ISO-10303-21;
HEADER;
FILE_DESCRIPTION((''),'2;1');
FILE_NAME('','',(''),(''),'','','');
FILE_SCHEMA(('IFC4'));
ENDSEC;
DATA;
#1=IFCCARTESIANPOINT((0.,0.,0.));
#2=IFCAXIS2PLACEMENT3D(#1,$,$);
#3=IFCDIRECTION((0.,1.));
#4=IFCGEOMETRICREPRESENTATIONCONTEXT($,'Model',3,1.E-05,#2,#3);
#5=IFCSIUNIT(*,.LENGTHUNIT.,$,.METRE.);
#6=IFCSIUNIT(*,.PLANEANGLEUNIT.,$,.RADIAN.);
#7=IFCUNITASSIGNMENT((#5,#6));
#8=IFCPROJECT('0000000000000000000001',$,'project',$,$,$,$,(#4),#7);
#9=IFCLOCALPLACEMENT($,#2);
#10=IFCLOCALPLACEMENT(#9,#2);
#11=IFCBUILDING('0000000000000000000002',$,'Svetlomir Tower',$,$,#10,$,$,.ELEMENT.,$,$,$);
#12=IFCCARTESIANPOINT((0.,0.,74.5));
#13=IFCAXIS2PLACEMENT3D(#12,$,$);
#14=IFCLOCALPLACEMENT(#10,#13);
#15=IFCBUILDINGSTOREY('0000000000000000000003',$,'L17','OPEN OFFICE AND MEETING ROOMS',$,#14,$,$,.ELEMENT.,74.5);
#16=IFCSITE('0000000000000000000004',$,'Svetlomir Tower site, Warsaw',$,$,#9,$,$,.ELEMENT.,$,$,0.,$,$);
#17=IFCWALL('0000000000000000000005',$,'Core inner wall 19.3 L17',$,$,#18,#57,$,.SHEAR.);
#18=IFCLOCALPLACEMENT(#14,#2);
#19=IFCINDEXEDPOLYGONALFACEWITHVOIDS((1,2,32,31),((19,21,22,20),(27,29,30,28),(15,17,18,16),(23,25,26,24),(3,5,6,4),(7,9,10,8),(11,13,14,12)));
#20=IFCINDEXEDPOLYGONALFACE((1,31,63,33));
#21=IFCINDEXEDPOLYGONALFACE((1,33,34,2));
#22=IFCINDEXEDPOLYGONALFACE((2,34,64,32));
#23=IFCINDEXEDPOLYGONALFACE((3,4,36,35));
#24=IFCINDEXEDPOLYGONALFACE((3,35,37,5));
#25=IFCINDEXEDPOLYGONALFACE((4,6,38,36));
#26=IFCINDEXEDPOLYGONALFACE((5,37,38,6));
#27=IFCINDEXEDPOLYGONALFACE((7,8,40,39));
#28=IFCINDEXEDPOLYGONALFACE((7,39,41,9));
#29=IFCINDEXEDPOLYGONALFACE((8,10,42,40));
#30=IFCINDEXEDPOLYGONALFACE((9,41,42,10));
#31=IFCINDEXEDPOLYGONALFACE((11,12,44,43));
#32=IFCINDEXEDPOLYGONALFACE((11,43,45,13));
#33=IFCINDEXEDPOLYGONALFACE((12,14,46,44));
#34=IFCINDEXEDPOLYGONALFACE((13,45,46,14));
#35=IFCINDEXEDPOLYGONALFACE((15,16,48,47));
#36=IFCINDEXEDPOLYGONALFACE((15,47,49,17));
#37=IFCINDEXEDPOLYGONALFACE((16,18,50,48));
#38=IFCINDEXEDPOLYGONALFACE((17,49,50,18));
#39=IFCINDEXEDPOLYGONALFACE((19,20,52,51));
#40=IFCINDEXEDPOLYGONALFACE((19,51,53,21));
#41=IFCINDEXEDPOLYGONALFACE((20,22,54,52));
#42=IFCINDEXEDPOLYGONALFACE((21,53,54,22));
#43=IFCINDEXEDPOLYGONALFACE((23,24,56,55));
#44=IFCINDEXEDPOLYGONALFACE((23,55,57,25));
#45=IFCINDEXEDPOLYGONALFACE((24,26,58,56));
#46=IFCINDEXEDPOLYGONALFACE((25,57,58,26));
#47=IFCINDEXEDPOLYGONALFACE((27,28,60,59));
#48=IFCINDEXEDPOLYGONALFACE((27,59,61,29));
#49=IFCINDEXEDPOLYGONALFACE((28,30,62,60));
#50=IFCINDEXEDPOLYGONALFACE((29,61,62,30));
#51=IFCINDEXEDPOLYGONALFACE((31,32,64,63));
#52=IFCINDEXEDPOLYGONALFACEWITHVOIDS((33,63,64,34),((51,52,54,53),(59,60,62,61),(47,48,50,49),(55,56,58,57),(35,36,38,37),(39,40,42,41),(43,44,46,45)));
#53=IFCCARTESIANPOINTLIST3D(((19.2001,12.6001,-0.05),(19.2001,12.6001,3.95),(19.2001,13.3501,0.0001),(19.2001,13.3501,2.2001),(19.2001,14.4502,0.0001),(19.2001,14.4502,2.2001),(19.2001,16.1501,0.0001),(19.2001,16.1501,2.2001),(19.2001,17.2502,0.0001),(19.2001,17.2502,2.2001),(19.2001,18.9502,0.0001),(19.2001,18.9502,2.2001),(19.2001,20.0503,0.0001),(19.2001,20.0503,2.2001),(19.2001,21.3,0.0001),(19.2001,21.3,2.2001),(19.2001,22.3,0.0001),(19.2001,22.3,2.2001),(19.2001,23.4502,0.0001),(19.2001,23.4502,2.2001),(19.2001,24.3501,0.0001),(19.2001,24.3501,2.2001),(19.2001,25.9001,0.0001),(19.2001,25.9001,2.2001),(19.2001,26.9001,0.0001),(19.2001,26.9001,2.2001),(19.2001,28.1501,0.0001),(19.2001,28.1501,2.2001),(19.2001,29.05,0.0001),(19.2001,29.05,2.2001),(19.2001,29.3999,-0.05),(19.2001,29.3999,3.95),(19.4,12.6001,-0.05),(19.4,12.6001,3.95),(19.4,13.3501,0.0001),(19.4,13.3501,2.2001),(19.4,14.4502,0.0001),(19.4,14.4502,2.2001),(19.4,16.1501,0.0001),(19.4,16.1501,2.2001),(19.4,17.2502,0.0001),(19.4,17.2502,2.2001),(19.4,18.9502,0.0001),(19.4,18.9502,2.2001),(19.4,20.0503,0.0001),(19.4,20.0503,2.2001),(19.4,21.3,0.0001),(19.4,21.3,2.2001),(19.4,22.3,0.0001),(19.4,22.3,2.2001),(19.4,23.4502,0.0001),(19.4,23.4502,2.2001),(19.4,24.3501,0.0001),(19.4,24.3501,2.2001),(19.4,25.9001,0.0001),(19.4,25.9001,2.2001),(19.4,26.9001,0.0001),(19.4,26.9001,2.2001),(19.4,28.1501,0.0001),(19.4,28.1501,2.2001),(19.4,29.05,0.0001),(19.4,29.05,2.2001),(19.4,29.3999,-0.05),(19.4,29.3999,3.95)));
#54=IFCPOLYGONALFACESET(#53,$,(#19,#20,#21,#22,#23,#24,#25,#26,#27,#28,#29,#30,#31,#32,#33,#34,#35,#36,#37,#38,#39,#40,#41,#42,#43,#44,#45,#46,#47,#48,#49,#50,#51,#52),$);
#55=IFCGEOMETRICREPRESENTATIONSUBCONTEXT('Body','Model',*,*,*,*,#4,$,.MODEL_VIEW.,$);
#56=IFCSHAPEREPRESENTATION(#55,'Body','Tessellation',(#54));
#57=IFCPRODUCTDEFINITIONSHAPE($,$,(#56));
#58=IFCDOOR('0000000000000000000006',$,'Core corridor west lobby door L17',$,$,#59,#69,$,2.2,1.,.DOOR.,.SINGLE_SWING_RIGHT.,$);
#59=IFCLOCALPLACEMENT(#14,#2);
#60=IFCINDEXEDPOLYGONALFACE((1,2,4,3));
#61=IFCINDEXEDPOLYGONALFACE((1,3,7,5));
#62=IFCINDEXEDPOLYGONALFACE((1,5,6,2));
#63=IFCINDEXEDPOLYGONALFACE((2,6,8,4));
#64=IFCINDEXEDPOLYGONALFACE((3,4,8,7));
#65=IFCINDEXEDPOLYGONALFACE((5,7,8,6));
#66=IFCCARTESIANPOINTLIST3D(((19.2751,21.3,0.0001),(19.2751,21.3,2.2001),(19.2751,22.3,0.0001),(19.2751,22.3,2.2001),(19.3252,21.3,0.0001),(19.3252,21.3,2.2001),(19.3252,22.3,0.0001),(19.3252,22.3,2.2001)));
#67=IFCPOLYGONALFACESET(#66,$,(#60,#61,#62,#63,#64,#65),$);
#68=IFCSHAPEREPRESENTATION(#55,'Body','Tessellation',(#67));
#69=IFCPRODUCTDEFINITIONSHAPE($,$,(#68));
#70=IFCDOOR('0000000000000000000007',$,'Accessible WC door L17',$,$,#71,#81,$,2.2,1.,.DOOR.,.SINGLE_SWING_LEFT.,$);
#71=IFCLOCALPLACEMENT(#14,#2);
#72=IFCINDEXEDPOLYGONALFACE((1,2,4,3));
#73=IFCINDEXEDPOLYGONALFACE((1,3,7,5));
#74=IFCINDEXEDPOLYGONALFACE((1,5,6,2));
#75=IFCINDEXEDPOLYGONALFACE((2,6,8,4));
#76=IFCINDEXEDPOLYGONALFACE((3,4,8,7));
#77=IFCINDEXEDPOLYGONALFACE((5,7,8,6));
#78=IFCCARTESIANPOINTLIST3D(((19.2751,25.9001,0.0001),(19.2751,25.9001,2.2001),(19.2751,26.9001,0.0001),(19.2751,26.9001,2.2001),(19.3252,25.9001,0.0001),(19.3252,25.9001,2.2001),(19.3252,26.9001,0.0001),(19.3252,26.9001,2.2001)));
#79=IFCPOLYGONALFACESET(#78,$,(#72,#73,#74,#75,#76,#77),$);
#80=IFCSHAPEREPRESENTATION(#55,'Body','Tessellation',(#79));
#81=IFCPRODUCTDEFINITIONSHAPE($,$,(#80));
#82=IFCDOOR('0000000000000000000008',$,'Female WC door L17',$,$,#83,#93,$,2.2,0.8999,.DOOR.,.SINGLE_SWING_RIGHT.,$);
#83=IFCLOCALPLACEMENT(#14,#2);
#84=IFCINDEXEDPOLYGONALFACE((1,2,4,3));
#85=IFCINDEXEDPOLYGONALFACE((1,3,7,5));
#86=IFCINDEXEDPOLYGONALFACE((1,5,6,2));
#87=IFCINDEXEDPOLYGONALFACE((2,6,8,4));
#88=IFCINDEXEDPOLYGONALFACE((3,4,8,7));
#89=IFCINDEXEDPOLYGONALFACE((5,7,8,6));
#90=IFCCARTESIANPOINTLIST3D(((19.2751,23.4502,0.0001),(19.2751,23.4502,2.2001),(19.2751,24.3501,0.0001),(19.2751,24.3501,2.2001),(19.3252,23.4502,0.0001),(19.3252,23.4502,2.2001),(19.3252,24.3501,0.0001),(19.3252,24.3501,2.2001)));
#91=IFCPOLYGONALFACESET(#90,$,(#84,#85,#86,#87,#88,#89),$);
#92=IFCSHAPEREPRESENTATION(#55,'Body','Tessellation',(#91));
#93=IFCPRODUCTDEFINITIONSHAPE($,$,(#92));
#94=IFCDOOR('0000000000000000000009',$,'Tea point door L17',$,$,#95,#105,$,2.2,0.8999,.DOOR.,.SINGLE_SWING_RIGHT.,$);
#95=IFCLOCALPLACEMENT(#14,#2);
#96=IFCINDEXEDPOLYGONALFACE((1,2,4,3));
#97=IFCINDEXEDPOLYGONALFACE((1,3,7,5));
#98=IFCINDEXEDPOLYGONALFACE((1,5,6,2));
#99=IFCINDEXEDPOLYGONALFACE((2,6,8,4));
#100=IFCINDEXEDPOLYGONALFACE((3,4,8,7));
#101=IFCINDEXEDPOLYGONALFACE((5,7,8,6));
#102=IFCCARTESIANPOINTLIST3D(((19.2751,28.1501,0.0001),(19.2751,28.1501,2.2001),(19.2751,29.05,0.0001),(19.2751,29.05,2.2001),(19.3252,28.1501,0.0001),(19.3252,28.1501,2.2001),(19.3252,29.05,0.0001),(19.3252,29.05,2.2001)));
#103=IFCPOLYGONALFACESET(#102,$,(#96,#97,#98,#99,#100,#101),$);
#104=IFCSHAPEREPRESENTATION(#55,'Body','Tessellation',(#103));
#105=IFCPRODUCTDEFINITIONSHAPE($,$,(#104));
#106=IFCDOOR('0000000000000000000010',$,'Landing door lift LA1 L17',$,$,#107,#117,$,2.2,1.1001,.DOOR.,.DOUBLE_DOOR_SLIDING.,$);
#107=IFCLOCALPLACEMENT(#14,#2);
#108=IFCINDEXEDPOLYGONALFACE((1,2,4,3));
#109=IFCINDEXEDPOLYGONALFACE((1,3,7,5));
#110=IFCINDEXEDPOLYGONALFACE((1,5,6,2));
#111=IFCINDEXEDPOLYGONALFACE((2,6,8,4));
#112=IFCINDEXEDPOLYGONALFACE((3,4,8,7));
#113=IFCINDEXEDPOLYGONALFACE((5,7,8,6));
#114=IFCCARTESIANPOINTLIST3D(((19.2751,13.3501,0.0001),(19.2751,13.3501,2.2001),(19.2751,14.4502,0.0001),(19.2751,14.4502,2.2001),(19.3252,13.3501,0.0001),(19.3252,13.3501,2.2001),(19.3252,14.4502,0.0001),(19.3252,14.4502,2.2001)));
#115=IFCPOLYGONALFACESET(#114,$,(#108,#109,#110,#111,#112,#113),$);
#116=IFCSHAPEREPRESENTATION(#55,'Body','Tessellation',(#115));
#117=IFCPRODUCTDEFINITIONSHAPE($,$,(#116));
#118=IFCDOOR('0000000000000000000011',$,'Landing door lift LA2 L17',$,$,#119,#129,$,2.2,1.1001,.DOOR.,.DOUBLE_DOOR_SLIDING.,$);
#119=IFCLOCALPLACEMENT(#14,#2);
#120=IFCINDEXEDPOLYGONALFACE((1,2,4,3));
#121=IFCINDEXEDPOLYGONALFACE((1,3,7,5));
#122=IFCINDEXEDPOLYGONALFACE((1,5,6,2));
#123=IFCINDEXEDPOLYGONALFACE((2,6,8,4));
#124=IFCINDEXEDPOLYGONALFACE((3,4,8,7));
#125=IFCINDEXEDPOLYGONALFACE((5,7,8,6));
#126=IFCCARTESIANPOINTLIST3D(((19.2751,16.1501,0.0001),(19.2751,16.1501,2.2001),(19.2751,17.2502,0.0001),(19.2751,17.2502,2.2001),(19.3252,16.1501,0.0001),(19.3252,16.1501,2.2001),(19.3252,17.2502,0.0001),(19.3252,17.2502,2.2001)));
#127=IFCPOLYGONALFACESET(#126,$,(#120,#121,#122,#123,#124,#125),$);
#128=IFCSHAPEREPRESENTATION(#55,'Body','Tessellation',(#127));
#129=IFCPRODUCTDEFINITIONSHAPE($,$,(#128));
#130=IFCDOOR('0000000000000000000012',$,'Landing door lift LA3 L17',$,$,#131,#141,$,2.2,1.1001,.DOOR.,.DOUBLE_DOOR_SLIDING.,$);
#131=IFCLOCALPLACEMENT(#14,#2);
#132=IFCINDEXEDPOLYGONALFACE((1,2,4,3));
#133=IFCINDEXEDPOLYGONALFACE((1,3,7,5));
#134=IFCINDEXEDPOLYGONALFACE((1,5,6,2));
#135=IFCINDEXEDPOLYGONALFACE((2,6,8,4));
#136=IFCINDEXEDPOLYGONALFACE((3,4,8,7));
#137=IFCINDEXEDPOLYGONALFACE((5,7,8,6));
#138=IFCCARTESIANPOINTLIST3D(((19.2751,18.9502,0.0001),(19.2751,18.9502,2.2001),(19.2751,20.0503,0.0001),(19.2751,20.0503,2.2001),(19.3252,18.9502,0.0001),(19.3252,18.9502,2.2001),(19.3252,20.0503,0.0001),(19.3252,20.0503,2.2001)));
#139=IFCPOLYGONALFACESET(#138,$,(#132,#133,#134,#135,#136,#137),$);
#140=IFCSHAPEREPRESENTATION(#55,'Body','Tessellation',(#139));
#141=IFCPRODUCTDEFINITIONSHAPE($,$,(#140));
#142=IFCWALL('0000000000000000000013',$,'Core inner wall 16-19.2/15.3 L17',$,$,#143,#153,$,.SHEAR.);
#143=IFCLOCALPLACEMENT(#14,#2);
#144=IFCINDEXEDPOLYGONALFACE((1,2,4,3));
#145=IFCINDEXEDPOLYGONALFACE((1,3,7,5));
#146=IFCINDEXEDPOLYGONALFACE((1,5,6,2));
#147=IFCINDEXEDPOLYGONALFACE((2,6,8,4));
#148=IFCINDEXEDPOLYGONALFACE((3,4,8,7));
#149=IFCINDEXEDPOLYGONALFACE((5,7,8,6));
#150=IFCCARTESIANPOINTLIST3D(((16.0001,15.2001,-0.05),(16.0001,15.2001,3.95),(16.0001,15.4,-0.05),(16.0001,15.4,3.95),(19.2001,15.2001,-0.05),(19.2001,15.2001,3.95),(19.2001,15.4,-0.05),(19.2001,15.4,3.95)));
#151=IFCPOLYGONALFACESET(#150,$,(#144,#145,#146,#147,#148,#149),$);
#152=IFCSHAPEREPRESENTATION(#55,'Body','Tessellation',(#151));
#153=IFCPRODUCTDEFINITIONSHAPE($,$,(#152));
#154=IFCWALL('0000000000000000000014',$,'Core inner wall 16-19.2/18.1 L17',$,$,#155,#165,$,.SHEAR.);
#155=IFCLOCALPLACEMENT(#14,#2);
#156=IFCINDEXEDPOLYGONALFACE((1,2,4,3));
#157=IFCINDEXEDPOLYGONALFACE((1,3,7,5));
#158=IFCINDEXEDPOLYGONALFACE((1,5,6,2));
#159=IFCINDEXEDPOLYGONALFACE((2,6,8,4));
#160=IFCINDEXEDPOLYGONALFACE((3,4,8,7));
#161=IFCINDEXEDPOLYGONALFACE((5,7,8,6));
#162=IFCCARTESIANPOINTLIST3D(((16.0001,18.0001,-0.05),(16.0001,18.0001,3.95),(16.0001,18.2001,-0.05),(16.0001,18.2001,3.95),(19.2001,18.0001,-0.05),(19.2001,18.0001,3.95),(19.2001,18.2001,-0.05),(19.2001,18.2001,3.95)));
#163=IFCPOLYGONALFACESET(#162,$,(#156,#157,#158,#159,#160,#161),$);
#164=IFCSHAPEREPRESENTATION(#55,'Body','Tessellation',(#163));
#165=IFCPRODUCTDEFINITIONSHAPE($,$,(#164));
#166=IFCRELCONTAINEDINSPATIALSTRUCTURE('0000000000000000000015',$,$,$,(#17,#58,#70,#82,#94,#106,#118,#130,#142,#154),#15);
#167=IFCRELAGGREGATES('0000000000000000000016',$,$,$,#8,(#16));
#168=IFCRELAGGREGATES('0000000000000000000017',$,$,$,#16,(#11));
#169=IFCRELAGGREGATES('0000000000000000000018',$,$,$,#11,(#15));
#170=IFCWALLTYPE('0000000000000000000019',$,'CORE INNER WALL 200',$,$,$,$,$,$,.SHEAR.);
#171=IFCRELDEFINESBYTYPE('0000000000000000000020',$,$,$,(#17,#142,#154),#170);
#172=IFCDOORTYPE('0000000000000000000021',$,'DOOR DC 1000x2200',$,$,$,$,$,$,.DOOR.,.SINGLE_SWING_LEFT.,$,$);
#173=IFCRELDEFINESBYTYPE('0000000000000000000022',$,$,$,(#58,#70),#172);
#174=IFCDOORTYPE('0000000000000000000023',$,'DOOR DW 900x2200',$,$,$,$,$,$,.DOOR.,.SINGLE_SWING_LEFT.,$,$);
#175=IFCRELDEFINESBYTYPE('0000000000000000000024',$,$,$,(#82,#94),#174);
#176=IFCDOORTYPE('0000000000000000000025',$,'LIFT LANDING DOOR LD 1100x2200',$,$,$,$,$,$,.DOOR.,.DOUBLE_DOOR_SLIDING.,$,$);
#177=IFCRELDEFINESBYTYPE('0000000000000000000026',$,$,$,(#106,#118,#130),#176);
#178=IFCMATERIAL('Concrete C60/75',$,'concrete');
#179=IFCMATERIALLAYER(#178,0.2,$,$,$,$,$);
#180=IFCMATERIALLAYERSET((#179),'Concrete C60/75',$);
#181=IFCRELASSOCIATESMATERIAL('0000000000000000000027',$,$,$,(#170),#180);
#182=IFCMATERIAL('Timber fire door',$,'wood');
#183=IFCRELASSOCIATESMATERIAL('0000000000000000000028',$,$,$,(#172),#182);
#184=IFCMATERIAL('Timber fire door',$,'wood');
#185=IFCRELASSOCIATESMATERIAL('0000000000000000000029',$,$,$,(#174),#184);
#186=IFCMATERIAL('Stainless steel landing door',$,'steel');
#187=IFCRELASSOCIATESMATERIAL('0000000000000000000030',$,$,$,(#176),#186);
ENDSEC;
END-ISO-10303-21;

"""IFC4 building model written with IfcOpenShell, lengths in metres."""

from ifc_helpers import new_model, si_unit, direction, frame, frame_2d, origin, place, context, subcontext, project, spatial, rectangle, extrude, material, layer, layer_set, type_object, element, fill, save


model = new_model("IFC4")

# Units and contexts
model_context = context("Model", 3, precision=1e-05, world=origin(), true_north=direction((0.0, 1.0)))
body_context = subcontext(model_context, "Body", "Model", "MODEL_VIEW")
ifc_project = project(units=[si_unit("LENGTHUNIT", "METRE"), si_unit("PLANEANGLEUNIT", "RADIAN")], contexts=[model_context])

# Site, building, storey
site_placement = place(None, origin())
site = spatial("IfcSite", under=ifc_project, at=site_placement, Name="Svetlomir Tower site, Warsaw", CompositionType="ELEMENT", RefElevation=0.0)
building_placement = place(site_placement, origin())
building = spatial("IfcBuilding", under=site, at=building_placement, Name="Svetlomir Tower", CompositionType="ELEMENT")
storey_placement = place(building_placement, frame((0.0, 0.0, 74.5)))
storey = spatial("IfcBuildingStorey", under=building, at=storey_placement, Name="L17", Description="OPEN OFFICE AND MEETING ROOMS", CompositionType="ELEMENT", Elevation=74.5)

# Shared definitions
ifc_material_1 = material(Name="Concrete C60/75", Category="concrete")
ifc_layer_1 = layer(ifc_material_1, 0.2)
ifc_layer_set_1 = layer_set([ifc_layer_1], Name="Concrete C60/75")
wall_type_1 = type_object("IfcWallType", Name="CORE INNER WALL 200", PredefinedType="SHEAR", material=ifc_layer_set_1)

# Wall, openings, doors
wall_1_placement = place(storey_placement, frame((19.3, 12.6001, -0.05), z_axis=(0.0, 0.0, 1.0), x_axis=(0.0, 1.0, 0.0)))
wall_1 = element("IfcWall", 1, at=wall_1_placement, inside=storey, type_object=wall_type_1, Name="Core inner wall 19.3 L17", PredefinedType="SHEAR", context=body_context, shape_type="SweptSolid", body=[
    extrude(rectangle(XDim=16.7998, YDim=0.2, at=frame_2d((8.3999, 0.0))), origin(), (0.0, 0.0, 1.0), 4.0),
])
opening_1_placement = place(wall_1_placement, frame((8.7, 0.0, 0.05)))
opening_1 = element("IfcOpeningElement", 2, at=opening_1_placement, cuts=wall_1, PredefinedType="OPENING", context=body_context, shape_type="SweptSolid", body=[
    extrude(rectangle(XDim=1.0, YDim=2.2, at=frame_2d((0.5, 1.1001))), frame((0.0, 0.1099, 0.0), z_axis=(0.0, -1.0, 0.0), x_axis=(1.0, 0.0, 0.0)), (0.0, 0.0, 1.0), 0.22),
])
opening_2_placement = place(wall_1_placement, frame((10.8501, 0.0, 0.05)))
opening_2 = element("IfcOpeningElement", 3, at=opening_2_placement, cuts=wall_1, PredefinedType="OPENING", context=body_context, shape_type="SweptSolid", body=[
    extrude(rectangle(XDim=0.8999, YDim=2.2, at=frame_2d((0.45, 1.1001))), frame((0.0, 0.1099, 0.0), z_axis=(0.0, -1.0, 0.0), x_axis=(1.0, 0.0, 0.0)), (0.0, 0.0, 1.0), 0.22),
])
opening_3_placement = place(wall_1_placement, frame((13.3, 0.0, 0.05)))
opening_3 = element("IfcOpeningElement", 4, at=opening_3_placement, cuts=wall_1, PredefinedType="OPENING", context=body_context, shape_type="SweptSolid", body=[
    extrude(rectangle(XDim=1.0, YDim=2.2, at=frame_2d((0.5, 1.1001))), frame((0.0, 0.1099, 0.0), z_axis=(0.0, -1.0, 0.0), x_axis=(1.0, 0.0, 0.0)), (0.0, 0.0, 1.0), 0.22),
])
opening_4_placement = place(wall_1_placement, frame((15.55, 0.0, 0.05)))
opening_4 = element("IfcOpeningElement", 5, at=opening_4_placement, cuts=wall_1, PredefinedType="OPENING", context=body_context, shape_type="SweptSolid", body=[
    extrude(rectangle(XDim=0.8999, YDim=2.2, at=frame_2d((0.45, 1.1001))), frame((0.0, 0.1099, 0.0), z_axis=(0.0, -1.0, 0.0), x_axis=(1.0, 0.0, 0.0)), (0.0, 0.0, 1.0), 0.22),
])
opening_5_placement = place(wall_1_placement, frame((0.75, 0.0, 0.05)))
opening_5 = element("IfcOpeningElement", 6, at=opening_5_placement, cuts=wall_1, PredefinedType="OPENING", context=body_context, shape_type="SweptSolid", body=[
    extrude(rectangle(XDim=1.1001, YDim=2.2, at=frame_2d((0.55, 1.1001))), frame((0.0, 0.1099, 0.0), z_axis=(0.0, -1.0, 0.0), x_axis=(1.0, 0.0, 0.0)), (0.0, 0.0, 1.0), 0.22),
])
opening_6_placement = place(wall_1_placement, frame((3.55, 0.0, 0.05)))
opening_6 = element("IfcOpeningElement", 7, at=opening_6_placement, cuts=wall_1, PredefinedType="OPENING", context=body_context, shape_type="SweptSolid", body=[
    extrude(rectangle(XDim=1.1001, YDim=2.2, at=frame_2d((0.55, 1.1001))), frame((0.0, 0.1099, 0.0), z_axis=(0.0, -1.0, 0.0), x_axis=(1.0, 0.0, 0.0)), (0.0, 0.0, 1.0), 0.22),
])
opening_7_placement = place(wall_1_placement, frame((6.3501, 0.0, 0.05)))
opening_7 = element("IfcOpeningElement", 8, at=opening_7_placement, cuts=wall_1, PredefinedType="OPENING", context=body_context, shape_type="SweptSolid", body=[
    extrude(rectangle(XDim=1.1001, YDim=2.2, at=frame_2d((0.55, 1.1001))), frame((0.0, 0.1099, 0.0), z_axis=(0.0, -1.0, 0.0), x_axis=(1.0, 0.0, 0.0)), (0.0, 0.0, 1.0), 0.22),
])
ifc_material_2 = material(Name="Timber fire door", Category="wood")
door_type_1 = type_object("IfcDoorType", Name="DOOR DC 1000x2200", OperationType="SINGLE_SWING_LEFT", PredefinedType="DOOR", material=ifc_material_2)
door_1_placement = place(opening_1_placement, origin())
door_1 = element("IfcDoor", 9, at=door_1_placement, inside=storey, type_object=door_type_1, Name="Core corridor west lobby door L17", OperationType="SINGLE_SWING_RIGHT", OverallHeight=2.2, OverallWidth=1.0, PredefinedType="DOOR", context=body_context, shape_type="SweptSolid", body=[
    extrude(rectangle(XDim=1.0, YDim=2.2, at=frame_2d((0.5, 1.1001))), frame((0.0, 0.0249, 0.0), z_axis=(0.0, -1.0, 0.0), x_axis=(1.0, 0.0, 0.0)), (0.0, 0.0, 1.0), 0.05),
])
fill(opening_1, door_1)
door_2_placement = place(opening_3_placement, origin())
door_2 = element("IfcDoor", 10, at=door_2_placement, inside=storey, type_object=door_type_1, Name="Accessible WC door L17", OperationType="SINGLE_SWING_LEFT", OverallHeight=2.2, OverallWidth=1.0, PredefinedType="DOOR", context=body_context, shape_type="SweptSolid", body=[
    extrude(rectangle(XDim=1.0, YDim=2.2, at=frame_2d((0.5, 1.1001))), frame((0.0, 0.0249, 0.0), z_axis=(0.0, -1.0, 0.0), x_axis=(1.0, 0.0, 0.0)), (0.0, 0.0, 1.0), 0.05),
])
fill(opening_3, door_2)
ifc_material_3 = material(Name="Timber fire door", Category="wood")
door_type_2 = type_object("IfcDoorType", Name="DOOR DW 900x2200", OperationType="SINGLE_SWING_LEFT", PredefinedType="DOOR", material=ifc_material_3)
door_3_placement = place(opening_2_placement, origin())
door_3 = element("IfcDoor", 11, at=door_3_placement, inside=storey, type_object=door_type_2, Name="Female WC door L17", OperationType="SINGLE_SWING_RIGHT", OverallHeight=2.2, OverallWidth=0.8999, PredefinedType="DOOR", context=body_context, shape_type="SweptSolid", body=[
    extrude(rectangle(XDim=0.8999, YDim=2.2, at=frame_2d((0.45, 1.1001))), frame((0.0, 0.0249, 0.0), z_axis=(0.0, -1.0, 0.0), x_axis=(1.0, 0.0, 0.0)), (0.0, 0.0, 1.0), 0.05),
])
fill(opening_2, door_3)
door_4_placement = place(opening_4_placement, origin())
door_4 = element("IfcDoor", 12, at=door_4_placement, inside=storey, type_object=door_type_2, Name="Tea point door L17", OperationType="SINGLE_SWING_RIGHT", OverallHeight=2.2, OverallWidth=0.8999, PredefinedType="DOOR", context=body_context, shape_type="SweptSolid", body=[
    extrude(rectangle(XDim=0.8999, YDim=2.2, at=frame_2d((0.45, 1.1001))), frame((0.0, 0.0249, 0.0), z_axis=(0.0, -1.0, 0.0), x_axis=(1.0, 0.0, 0.0)), (0.0, 0.0, 1.0), 0.05),
])
fill(opening_4, door_4)
ifc_material_4 = material(Name="Stainless steel landing door", Category="steel")
door_type_3 = type_object("IfcDoorType", Name="LIFT LANDING DOOR LD 1100x2200", OperationType="DOUBLE_DOOR_SLIDING", PredefinedType="DOOR", material=ifc_material_4)
door_5_placement = place(opening_5_placement, origin())
door_5 = element("IfcDoor", 13, at=door_5_placement, inside=storey, type_object=door_type_3, Name="Landing door lift LA1 L17", OperationType="DOUBLE_DOOR_SLIDING", OverallHeight=2.2, OverallWidth=1.1001, PredefinedType="DOOR", context=body_context, shape_type="SweptSolid", body=[
    extrude(rectangle(XDim=1.1001, YDim=2.2, at=frame_2d((0.55, 1.1001))), frame((0.0, 0.0249, 0.0), z_axis=(0.0, -1.0, 0.0), x_axis=(1.0, 0.0, 0.0)), (0.0, 0.0, 1.0), 0.05),
])
fill(opening_5, door_5)
door_6_placement = place(opening_6_placement, origin())
door_6 = element("IfcDoor", 14, at=door_6_placement, inside=storey, type_object=door_type_3, Name="Landing door lift LA2 L17", OperationType="DOUBLE_DOOR_SLIDING", OverallHeight=2.2, OverallWidth=1.1001, PredefinedType="DOOR", context=body_context, shape_type="SweptSolid", body=[
    extrude(rectangle(XDim=1.1001, YDim=2.2, at=frame_2d((0.55, 1.1001))), frame((0.0, 0.0249, 0.0), z_axis=(0.0, -1.0, 0.0), x_axis=(1.0, 0.0, 0.0)), (0.0, 0.0, 1.0), 0.05),
])
fill(opening_6, door_6)
door_7_placement = place(opening_7_placement, origin())
door_7 = element("IfcDoor", 15, at=door_7_placement, inside=storey, type_object=door_type_3, Name="Landing door lift LA3 L17", OperationType="DOUBLE_DOOR_SLIDING", OverallHeight=2.2, OverallWidth=1.1001, PredefinedType="DOOR", context=body_context, shape_type="SweptSolid", body=[
    extrude(rectangle(XDim=1.1001, YDim=2.2, at=frame_2d((0.55, 1.1001))), frame((0.0, 0.0249, 0.0), z_axis=(0.0, -1.0, 0.0), x_axis=(1.0, 0.0, 0.0)), (0.0, 0.0, 1.0), 0.05),
])
fill(opening_7, door_7)

# Walls
for number, where, z_axis, x_axis, name in (
    (16, (16.0, 15.3, -0.05), (0.0, 0.0, 1.0), (1.0, 0.0, 0.0), "Core inner wall 16-19.2/15.3 L17"),
    (17, (16.0, 18.1001, -0.05), (0.0, 0.0, 1.0), (1.0, 0.0, 0.0), "Core inner wall 16-19.2/18.1 L17"),
):
    element("IfcWall", number, at=place(storey_placement, frame(where, z_axis=z_axis, x_axis=x_axis)), inside=storey, type_object=wall_type_1, Name=name, PredefinedType="SHEAR", context=body_context, shape_type="SweptSolid", body=[
        extrude(rectangle(XDim=3.2, YDim=0.2, at=frame_2d((1.6001, 0.0))), origin(), (0.0, 0.0, 1.0), 4.0),
    ])

save(model, "model.ifc")
